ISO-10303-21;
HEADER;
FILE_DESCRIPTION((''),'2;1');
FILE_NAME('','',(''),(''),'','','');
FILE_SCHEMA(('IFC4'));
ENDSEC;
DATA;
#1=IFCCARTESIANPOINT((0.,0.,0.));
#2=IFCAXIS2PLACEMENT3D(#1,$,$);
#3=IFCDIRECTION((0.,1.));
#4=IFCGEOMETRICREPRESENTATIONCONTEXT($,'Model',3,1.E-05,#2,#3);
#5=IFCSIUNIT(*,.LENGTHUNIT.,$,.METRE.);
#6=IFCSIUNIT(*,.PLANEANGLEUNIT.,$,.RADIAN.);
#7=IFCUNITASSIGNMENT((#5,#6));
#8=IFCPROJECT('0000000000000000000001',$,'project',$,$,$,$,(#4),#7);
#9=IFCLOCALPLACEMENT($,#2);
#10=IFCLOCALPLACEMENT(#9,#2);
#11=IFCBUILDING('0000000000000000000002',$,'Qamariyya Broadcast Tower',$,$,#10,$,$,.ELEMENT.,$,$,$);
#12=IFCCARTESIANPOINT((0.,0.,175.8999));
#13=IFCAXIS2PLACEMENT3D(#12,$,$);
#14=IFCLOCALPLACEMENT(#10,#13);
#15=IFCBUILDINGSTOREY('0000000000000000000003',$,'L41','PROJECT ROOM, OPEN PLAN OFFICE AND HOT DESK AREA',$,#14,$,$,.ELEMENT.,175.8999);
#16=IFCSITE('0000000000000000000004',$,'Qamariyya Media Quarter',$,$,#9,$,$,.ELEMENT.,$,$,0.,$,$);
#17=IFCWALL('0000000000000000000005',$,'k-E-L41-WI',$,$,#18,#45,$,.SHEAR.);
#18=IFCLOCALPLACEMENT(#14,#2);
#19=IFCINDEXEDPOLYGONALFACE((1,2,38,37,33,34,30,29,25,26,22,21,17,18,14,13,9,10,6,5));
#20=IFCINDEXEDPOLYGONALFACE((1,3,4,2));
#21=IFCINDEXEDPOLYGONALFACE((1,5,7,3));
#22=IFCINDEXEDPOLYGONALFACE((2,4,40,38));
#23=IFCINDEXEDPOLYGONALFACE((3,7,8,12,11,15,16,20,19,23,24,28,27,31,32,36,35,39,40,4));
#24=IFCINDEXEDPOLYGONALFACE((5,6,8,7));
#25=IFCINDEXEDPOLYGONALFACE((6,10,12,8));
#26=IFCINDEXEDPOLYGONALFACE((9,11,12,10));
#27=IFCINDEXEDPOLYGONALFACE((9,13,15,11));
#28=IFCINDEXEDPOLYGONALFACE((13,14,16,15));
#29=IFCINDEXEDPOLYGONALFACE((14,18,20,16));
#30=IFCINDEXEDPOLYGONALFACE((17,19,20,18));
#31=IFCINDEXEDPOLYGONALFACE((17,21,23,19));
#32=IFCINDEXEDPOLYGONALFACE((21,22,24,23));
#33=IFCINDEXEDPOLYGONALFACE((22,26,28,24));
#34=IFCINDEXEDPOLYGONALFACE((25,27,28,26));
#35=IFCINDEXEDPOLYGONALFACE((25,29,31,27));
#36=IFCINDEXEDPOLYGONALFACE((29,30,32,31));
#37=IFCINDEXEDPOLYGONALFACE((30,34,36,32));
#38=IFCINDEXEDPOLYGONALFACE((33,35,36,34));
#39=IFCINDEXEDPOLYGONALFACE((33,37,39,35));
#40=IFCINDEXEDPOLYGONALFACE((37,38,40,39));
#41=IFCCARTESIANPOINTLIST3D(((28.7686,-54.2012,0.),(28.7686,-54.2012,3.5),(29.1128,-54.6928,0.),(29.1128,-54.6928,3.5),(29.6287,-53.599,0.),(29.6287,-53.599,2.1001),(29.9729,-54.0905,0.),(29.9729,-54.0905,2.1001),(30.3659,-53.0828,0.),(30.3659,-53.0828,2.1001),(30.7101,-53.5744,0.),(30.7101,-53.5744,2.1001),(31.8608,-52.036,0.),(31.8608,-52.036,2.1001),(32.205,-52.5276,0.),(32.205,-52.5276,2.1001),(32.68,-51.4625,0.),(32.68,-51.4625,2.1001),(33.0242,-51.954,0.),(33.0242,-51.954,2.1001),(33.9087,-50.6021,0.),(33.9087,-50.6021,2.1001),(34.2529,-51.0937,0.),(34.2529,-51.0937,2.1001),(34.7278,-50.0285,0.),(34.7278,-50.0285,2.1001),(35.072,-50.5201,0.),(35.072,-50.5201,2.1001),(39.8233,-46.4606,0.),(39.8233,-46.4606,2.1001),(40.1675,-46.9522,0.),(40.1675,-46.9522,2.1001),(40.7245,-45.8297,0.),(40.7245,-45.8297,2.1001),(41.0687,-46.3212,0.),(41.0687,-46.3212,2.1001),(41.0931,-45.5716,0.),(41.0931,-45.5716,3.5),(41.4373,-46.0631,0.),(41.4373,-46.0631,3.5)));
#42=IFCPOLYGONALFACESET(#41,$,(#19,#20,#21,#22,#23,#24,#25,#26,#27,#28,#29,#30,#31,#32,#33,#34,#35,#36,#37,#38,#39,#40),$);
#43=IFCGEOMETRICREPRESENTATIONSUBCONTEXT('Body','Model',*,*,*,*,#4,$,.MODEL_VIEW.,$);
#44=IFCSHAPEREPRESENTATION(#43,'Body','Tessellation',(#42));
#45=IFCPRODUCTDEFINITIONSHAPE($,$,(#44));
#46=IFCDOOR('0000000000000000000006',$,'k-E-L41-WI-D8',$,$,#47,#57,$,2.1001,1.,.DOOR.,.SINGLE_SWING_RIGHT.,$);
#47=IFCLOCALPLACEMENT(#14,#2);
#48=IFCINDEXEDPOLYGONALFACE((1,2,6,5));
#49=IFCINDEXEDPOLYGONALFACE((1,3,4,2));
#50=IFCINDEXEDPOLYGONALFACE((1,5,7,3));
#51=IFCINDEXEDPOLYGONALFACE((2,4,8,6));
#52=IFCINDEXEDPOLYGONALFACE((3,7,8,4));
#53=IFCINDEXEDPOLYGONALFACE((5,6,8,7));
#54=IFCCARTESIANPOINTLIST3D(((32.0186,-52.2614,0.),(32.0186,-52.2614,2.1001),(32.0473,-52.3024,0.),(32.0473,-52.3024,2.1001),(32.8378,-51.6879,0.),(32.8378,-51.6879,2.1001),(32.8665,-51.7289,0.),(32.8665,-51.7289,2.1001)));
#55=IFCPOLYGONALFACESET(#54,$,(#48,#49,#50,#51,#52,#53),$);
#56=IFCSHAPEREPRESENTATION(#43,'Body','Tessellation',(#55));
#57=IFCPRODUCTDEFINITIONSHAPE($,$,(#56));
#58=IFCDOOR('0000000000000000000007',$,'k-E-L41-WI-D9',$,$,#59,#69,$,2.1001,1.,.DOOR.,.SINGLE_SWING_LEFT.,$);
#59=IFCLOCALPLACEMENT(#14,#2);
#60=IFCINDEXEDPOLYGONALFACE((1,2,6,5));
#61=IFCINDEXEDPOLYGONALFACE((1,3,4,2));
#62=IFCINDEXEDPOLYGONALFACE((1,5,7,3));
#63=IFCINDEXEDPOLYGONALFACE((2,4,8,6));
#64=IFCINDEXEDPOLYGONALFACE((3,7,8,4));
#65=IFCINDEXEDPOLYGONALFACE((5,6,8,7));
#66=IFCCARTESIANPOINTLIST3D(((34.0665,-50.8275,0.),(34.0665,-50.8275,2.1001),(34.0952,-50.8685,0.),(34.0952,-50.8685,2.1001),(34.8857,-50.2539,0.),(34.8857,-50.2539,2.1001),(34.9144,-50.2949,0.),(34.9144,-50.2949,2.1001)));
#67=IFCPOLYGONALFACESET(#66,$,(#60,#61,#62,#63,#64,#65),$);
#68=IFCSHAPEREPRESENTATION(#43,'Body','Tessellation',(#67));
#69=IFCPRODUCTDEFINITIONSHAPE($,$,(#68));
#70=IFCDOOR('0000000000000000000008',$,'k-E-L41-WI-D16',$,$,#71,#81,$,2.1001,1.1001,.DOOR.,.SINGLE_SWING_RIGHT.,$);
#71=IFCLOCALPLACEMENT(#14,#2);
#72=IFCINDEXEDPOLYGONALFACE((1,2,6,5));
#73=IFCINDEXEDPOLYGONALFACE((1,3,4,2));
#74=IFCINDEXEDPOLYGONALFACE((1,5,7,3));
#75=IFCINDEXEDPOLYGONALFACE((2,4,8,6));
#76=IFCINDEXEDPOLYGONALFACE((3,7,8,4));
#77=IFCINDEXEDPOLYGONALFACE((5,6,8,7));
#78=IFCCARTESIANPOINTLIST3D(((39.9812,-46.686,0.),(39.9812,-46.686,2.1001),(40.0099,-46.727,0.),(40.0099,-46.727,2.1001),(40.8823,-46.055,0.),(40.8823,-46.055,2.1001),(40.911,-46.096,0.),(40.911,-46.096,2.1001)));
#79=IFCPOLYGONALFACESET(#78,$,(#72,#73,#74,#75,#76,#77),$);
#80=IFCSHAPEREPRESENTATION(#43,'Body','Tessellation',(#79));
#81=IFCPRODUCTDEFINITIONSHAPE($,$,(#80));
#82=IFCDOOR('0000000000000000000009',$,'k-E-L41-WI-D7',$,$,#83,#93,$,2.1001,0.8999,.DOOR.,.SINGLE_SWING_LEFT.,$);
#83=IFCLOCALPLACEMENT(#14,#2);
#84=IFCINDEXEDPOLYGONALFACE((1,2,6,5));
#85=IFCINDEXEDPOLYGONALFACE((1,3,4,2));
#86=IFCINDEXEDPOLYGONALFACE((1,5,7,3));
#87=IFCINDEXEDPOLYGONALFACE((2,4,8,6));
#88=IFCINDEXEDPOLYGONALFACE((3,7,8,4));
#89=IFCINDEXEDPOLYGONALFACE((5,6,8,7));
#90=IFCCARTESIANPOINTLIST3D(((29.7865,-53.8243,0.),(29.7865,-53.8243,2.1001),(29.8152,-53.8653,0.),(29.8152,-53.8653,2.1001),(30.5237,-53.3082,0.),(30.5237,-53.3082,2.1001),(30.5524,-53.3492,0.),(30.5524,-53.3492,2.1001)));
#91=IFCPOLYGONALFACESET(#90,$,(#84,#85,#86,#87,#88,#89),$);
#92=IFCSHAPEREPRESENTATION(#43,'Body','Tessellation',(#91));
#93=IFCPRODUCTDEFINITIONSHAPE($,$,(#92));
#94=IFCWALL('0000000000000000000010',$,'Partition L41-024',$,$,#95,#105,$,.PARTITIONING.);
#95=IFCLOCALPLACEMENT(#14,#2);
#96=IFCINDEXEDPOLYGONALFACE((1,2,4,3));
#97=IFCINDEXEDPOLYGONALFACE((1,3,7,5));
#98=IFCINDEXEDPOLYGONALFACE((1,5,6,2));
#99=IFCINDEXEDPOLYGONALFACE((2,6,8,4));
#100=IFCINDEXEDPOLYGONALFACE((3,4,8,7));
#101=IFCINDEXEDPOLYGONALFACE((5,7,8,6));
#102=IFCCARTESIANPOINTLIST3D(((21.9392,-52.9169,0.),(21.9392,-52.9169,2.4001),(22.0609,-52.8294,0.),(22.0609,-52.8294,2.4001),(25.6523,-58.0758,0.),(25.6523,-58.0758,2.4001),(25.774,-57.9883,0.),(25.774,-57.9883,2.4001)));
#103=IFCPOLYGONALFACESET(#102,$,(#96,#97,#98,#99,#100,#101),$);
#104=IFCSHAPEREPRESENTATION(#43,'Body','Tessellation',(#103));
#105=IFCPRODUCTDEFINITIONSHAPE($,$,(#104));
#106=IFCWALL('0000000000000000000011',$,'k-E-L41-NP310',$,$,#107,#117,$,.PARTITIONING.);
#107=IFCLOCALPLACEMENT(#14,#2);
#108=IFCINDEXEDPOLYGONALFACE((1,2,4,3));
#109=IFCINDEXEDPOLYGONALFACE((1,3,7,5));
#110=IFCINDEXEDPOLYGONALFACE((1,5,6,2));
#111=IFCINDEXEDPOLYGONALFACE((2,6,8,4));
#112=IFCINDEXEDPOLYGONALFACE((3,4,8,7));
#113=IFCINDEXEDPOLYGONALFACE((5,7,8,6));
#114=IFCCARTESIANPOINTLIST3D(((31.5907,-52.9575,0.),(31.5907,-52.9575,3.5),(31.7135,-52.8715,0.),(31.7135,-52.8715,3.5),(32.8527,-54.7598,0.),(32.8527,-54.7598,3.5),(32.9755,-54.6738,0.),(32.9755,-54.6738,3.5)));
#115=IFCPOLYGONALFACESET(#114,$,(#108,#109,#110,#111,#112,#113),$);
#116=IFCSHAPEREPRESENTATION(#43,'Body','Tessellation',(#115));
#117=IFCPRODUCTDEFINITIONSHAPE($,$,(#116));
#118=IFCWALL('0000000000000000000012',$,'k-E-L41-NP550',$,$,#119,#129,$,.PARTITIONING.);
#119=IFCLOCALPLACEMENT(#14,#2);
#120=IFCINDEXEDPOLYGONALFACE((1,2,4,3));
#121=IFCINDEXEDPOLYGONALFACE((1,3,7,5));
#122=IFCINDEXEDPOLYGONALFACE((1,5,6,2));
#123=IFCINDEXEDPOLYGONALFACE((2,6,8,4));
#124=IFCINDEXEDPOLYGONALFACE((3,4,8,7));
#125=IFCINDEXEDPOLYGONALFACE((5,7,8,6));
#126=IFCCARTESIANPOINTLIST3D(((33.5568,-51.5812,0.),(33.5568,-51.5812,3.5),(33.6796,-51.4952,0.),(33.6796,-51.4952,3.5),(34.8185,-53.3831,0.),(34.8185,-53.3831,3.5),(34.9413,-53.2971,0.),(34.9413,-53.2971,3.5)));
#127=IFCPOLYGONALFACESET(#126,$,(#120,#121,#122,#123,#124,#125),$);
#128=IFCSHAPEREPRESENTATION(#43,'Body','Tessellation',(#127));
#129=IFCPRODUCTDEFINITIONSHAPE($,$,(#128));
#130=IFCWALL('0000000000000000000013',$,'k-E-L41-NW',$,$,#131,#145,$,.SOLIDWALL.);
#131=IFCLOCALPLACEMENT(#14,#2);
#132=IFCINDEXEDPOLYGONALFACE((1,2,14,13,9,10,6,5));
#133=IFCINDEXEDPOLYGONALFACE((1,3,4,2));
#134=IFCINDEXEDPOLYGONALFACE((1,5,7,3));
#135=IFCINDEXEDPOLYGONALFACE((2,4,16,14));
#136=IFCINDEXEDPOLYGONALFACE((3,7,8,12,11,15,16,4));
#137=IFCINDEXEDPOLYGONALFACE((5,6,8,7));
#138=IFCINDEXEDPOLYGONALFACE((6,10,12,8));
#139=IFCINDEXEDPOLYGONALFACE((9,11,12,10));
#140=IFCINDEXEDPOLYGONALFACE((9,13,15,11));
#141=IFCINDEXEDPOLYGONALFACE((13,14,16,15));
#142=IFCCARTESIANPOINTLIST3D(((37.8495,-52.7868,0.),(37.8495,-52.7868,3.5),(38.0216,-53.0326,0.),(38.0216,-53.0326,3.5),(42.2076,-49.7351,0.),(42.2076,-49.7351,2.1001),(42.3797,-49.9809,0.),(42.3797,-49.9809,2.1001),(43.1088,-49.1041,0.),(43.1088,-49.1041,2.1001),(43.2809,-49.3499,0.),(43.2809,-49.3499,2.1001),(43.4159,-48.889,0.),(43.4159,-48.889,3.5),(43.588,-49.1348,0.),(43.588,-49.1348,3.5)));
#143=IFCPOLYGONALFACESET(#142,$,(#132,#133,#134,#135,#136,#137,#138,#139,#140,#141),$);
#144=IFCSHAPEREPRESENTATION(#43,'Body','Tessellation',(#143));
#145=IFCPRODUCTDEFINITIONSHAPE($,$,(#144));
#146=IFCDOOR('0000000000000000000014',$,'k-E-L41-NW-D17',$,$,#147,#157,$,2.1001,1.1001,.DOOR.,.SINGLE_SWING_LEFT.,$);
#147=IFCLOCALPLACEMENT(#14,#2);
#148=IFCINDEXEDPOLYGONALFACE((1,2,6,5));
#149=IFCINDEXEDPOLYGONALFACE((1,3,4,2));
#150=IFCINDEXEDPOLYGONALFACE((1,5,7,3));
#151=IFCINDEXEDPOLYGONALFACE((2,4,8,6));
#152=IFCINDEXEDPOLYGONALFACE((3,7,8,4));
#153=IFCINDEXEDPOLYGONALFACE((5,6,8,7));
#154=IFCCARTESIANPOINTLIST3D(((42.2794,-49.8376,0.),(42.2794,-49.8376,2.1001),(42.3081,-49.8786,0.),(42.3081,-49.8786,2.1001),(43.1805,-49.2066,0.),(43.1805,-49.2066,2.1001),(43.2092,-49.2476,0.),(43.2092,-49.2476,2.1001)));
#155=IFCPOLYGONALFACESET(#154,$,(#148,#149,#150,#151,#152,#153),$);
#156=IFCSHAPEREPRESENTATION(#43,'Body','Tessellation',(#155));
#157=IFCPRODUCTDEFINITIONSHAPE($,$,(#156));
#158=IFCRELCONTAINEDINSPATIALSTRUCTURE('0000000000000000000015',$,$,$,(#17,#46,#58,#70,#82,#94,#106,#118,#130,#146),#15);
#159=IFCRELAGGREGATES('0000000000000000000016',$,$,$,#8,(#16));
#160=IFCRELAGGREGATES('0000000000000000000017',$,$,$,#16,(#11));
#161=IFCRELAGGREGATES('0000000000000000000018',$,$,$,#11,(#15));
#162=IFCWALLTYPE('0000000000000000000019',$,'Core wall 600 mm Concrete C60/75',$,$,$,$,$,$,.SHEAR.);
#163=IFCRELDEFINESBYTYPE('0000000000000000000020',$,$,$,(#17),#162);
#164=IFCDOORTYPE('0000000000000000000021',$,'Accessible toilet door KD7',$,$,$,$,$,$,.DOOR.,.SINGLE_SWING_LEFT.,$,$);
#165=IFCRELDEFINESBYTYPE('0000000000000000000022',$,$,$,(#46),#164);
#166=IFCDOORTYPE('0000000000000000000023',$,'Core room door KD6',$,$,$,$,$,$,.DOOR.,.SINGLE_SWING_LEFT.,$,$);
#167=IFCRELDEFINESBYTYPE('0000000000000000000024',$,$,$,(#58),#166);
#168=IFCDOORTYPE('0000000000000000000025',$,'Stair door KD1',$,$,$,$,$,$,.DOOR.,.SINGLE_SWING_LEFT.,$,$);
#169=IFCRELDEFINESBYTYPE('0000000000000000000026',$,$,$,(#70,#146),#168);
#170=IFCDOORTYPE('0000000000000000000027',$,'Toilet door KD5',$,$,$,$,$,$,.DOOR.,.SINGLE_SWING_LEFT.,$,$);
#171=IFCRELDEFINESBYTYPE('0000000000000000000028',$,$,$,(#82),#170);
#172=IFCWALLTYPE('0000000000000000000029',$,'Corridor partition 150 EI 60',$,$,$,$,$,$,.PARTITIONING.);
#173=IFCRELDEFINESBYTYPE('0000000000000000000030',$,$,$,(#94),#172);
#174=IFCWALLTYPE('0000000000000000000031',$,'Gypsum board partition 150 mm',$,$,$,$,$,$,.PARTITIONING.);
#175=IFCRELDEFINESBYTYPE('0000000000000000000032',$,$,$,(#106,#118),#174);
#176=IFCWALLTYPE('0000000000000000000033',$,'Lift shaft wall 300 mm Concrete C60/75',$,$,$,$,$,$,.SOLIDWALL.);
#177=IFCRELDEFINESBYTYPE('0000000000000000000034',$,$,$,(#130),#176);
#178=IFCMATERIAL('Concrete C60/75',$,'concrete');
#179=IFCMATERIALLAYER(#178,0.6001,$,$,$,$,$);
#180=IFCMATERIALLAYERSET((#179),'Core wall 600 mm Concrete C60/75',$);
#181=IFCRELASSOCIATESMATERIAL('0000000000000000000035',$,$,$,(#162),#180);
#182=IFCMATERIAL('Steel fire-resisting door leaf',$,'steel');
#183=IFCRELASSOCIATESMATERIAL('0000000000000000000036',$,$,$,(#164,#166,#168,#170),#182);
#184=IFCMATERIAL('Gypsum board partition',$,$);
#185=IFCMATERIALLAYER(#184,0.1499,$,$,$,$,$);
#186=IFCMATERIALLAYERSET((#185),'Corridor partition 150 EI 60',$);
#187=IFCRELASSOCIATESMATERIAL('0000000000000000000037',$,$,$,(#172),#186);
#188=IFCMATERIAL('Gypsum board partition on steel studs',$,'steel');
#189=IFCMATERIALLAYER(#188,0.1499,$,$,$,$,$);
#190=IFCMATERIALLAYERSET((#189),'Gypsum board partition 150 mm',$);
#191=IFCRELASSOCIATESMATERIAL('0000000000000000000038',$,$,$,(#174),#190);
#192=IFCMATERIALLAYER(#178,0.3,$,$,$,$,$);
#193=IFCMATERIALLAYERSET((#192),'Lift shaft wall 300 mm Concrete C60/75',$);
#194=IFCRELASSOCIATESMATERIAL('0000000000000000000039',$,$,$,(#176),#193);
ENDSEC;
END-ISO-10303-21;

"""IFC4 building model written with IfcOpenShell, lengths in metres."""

from ifc_helpers import new_model, si_unit, direction, frame, frame_2d, origin, place, context, subcontext, project, spatial, rectangle, extrude, material, layer, layer_set, type_object, element, fill, save


model = new_model("IFC4")

# Units and contexts
model_context = context("Model", 3, precision=1e-05, world=origin(), true_north=direction((0.0, 1.0)))
body_context = subcontext(model_context, "Body", "Model", "MODEL_VIEW")
ifc_project = project(units=[si_unit("LENGTHUNIT", "METRE"), si_unit("PLANEANGLEUNIT", "RADIAN")], contexts=[model_context])

# Site, building, storey
site_placement = place(None, origin())
site = spatial("IfcSite", under=ifc_project, at=site_placement, Name="Qamariyya Media Quarter", CompositionType="ELEMENT", RefElevation=0.0)
building_placement = place(site_placement, origin())
building = spatial("IfcBuilding", under=site, at=building_placement, Name="Qamariyya Broadcast Tower", CompositionType="ELEMENT")
storey_placement = place(building_placement, frame((0.0, 0.0, 175.8999)))
storey = spatial("IfcBuildingStorey", under=building, at=storey_placement, Name="L41", Description="PROJECT ROOM, OPEN PLAN OFFICE AND HOT DESK AREA", CompositionType="ELEMENT", Elevation=175.8999)

# Shared definitions
ifc_material_1 = material(Name="Concrete C60/75", Category="concrete")

# Wall, openings, doors
ifc_layer_1 = layer(ifc_material_1, 0.6001)
ifc_layer_set_1 = layer_set([ifc_layer_1], Name="Core wall 600 mm Concrete C60/75")
wall_type_1 = type_object("IfcWallType", Name="Core wall 600 mm Concrete C60/75", PredefinedType="SHEAR", material=ifc_layer_set_1)
wall_1_placement = place(storey_placement, frame((28.9407, -54.447, 0.0), z_axis=(0.0, 0.0, 1.0), x_axis=(0.819153, 0.573575, 0.0)))
wall_1 = element("IfcWall", 1, at=wall_1_placement, inside=storey, type_object=wall_type_1, Name="k-E-L41-WI", PredefinedType="SHEAR", context=body_context, shape_type="SweptSolid", body=[
    extrude(rectangle(XDim=15.0454, YDim=0.6001, at=frame_2d((7.5227, 0.0))), origin(), (0.0, 0.0, 1.0), 3.5),
])
opening_1_placement = place(wall_1_placement, frame((1.05, 0.0, 0.0)))
opening_1 = element("IfcOpeningElement", 2, at=opening_1_placement, cuts=wall_1, PredefinedType="OPENING", context=body_context, shape_type="SweptSolid", body=[
    extrude(rectangle(XDim=0.8999, YDim=2.1001, at=frame_2d((0.45, 1.05))), frame((0.0, 0.3101, 0.0), z_axis=(0.0, -1.0, 0.0), x_axis=(1.0, 0.0, 0.0)), (0.0, 0.0, 1.0), 0.6201),
])
opening_2_placement = place(wall_1_placement, frame((3.7749, 0.0, 0.0)))
opening_2 = element("IfcOpeningElement", 3, at=opening_2_placement, cuts=wall_1, PredefinedType="OPENING", context=body_context, shape_type="SweptSolid", body=[
    extrude(rectangle(XDim=1.0, YDim=2.1001, at=frame_2d((0.5, 1.05))), frame((0.0, 0.3101, 0.0), z_axis=(0.0, -1.0, 0.0), x_axis=(1.0, 0.0, 0.0)), (0.0, 0.0, 1.0), 0.6201),
])
opening_3_placement = place(wall_1_placement, frame((6.2749, 0.0, 0.0)))
opening_3 = element("IfcOpeningElement", 4, at=opening_3_placement, cuts=wall_1, PredefinedType="OPENING", context=body_context, shape_type="SweptSolid", body=[
    extrude(rectangle(XDim=1.0, YDim=2.1001, at=frame_2d((0.5, 1.05))), frame((0.0, 0.3101, 0.0), z_axis=(0.0, -1.0, 0.0), x_axis=(1.0, 0.0, 0.0)), (0.0, 0.0, 1.0), 0.6201),
])
opening_4_placement = place(wall_1_placement, frame((13.4954, 0.0, 0.0)))
opening_4 = element("IfcOpeningElement", 5, at=opening_4_placement, cuts=wall_1, PredefinedType="OPENING", context=body_context, shape_type="SweptSolid", body=[
    extrude(rectangle(XDim=1.1001, YDim=2.1001, at=frame_2d((0.55, 1.05))), frame((0.0, 0.3101, 0.0), z_axis=(0.0, -1.0, 0.0), x_axis=(1.0, 0.0, 0.0)), (0.0, 0.0, 1.0), 0.6201),
])
ifc_material_2 = material(Name="Steel fire-resisting door leaf", Category="steel")
door_type_1 = type_object("IfcDoorType", Name="Accessible toilet door KD7", OperationType="SINGLE_SWING_LEFT", PredefinedType="DOOR", material=ifc_material_2)
door_1_placement = place(opening_2_placement, origin())
door_1 = element("IfcDoor", 6, at=door_1_placement, inside=storey, type_object=door_type_1, Name="k-E-L41-WI-D8", OperationType="SINGLE_SWING_RIGHT", OverallHeight=2.1001, OverallWidth=1.0, PredefinedType="DOOR", context=body_context, shape_type="SweptSolid", body=[
    extrude(rectangle(XDim=1.0, YDim=2.1001, at=frame_2d((0.5, 1.05))), frame((0.0, 0.0249, 0.0), z_axis=(0.0, -1.0, 0.0), x_axis=(1.0, 0.0, 0.0)), (0.0, 0.0, 1.0), 0.05),
])
fill(opening_2, door_1)
door_type_2 = type_object("IfcDoorType", Name="Core room door KD6", OperationType="SINGLE_SWING_LEFT", PredefinedType="DOOR", material=ifc_material_2)
door_2_placement = place(opening_3_placement, origin())
door_2 = element("IfcDoor", 7, at=door_2_placement, inside=storey, type_object=door_type_2, Name="k-E-L41-WI-D9", OperationType="SINGLE_SWING_LEFT", OverallHeight=2.1001, OverallWidth=1.0, PredefinedType="DOOR", context=body_context, shape_type="SweptSolid", body=[
    extrude(rectangle(XDim=1.0, YDim=2.1001, at=frame_2d((0.5, 1.05))), frame((0.0, 0.0249, 0.0), z_axis=(0.0, -1.0, 0.0), x_axis=(1.0, 0.0, 0.0)), (0.0, 0.0, 1.0), 0.05),
])
fill(opening_3, door_2)
door_type_3 = type_object("IfcDoorType", Name="Stair door KD1", OperationType="SINGLE_SWING_LEFT", PredefinedType="DOOR", material=ifc_material_2)
door_3_placement = place(opening_4_placement, origin())
door_3 = element("IfcDoor", 8, at=door_3_placement, inside=storey, type_object=door_type_3, Name="k-E-L41-WI-D16", OperationType="SINGLE_SWING_RIGHT", OverallHeight=2.1001, OverallWidth=1.1001, PredefinedType="DOOR", context=body_context, shape_type="SweptSolid", body=[
    extrude(rectangle(XDim=1.1001, YDim=2.1001, at=frame_2d((0.55, 1.05))), frame((0.0, 0.0249, 0.0), z_axis=(0.0, -1.0, 0.0), x_axis=(1.0, 0.0, 0.0)), (0.0, 0.0, 1.0), 0.05),
])
fill(opening_4, door_3)
door_type_4 = type_object("IfcDoorType", Name="Toilet door KD5", OperationType="SINGLE_SWING_LEFT", PredefinedType="DOOR", material=ifc_material_2)
door_4_placement = place(opening_1_placement, origin())
door_4 = element("IfcDoor", 9, at=door_4_placement, inside=storey, type_object=door_type_4, Name="k-E-L41-WI-D7", OperationType="SINGLE_SWING_LEFT", OverallHeight=2.1001, OverallWidth=0.8999, PredefinedType="DOOR", context=body_context, shape_type="SweptSolid", body=[
    extrude(rectangle(XDim=0.8999, YDim=2.1001, at=frame_2d((0.45, 1.05))), frame((0.0, 0.0249, 0.0), z_axis=(0.0, -1.0, 0.0), x_axis=(1.0, 0.0, 0.0)), (0.0, 0.0, 1.0), 0.05),
])
fill(opening_1, door_4)

# Walls
ifc_material_3 = material(Name="Gypsum board partition")
ifc_layer_2 = layer(ifc_material_3, 0.1499)
ifc_layer_set_2 = layer_set([ifc_layer_2], Name="Corridor partition 150 EI 60")
wall_type_2 = type_object("IfcWallType", Name="Corridor partition 150 EI 60", PredefinedType="PARTITIONING", material=ifc_layer_set_2)
wall_2_placement = place(storey_placement, frame((22.0, -52.873, 0.0), z_axis=(0.0, 0.0, 1.0), x_axis=(0.58417, -0.811631, 0.0)))
element("IfcWall", 10, at=wall_2_placement, inside=storey, type_object=wall_type_2, Name="Partition L41-024", PredefinedType="PARTITIONING", context=body_context, shape_type="SweptSolid", body=[
    extrude(rectangle(XDim=6.3562, YDim=0.1499, at=frame_2d((3.1782, 0.0))), origin(), (0.0, 0.0, 1.0), 2.4001),
])
ifc_material_4 = material(Name="Gypsum board partition on steel studs", Category="steel")
ifc_layer_3 = layer(ifc_material_4, 0.1499)
ifc_layer_set_3 = layer_set([ifc_layer_3], Name="Gypsum board partition 150 mm")
wall_type_3 = type_object("IfcWallType", Name="Gypsum board partition 150 mm", PredefinedType="PARTITIONING", material=ifc_layer_set_3)
wall_3_placement = place(storey_placement, frame((32.9141, -54.7168, 0.0), z_axis=(0.0, 0.0, 1.0), x_axis=(-0.573581, 0.819149, 0.0)))
element("IfcWall", 11, at=wall_3_placement, inside=storey, type_object=wall_type_3, Name="k-E-L41-NP310", PredefinedType="PARTITIONING", context=body_context, shape_type="SweptSolid", body=[
    extrude(rectangle(XDim=2.2002, YDim=0.1499, at=frame_2d((1.1001, 0.0))), origin(), (0.0, 0.0, 1.0), 3.5),
])
wall_4_placement = place(storey_placement, frame((34.8799, -53.3401, 0.0), z_axis=(0.0, 0.0, 1.0), x_axis=(-0.573559, 0.819164, 0.0)))
element("IfcWall", 12, at=wall_4_placement, inside=storey, type_object=wall_type_3, Name="k-E-L41-NP550", PredefinedType="PARTITIONING", context=body_context, shape_type="SweptSolid", body=[
    extrude(rectangle(XDim=2.1997, YDim=0.1499, at=frame_2d((1.0999, 0.0))), origin(), (0.0, 0.0, 1.0), 3.5),
])

# Wall, opening, door
ifc_layer_4 = layer(ifc_material_1, 0.3)
ifc_layer_set_4 = layer_set([ifc_layer_4], Name="Lift shaft wall 300 mm Concrete C60/75")
wall_type_4 = type_object("IfcWallType", Name="Lift shaft wall 300 mm Concrete C60/75", PredefinedType="SOLIDWALL", material=ifc_layer_set_4)
wall_5_placement = place(storey_placement, frame((37.9355, -52.9097, 0.0), z_axis=(0.0, 0.0, 1.0), x_axis=(0.819148, 0.573583, 0.0)))
wall_5 = element("IfcWall", 13, at=wall_5_placement, inside=storey, type_object=wall_type_4, Name="k-E-L41-NW", PredefinedType="SOLIDWALL", context=body_context, shape_type="SweptSolid", body=[
    extrude(rectangle(XDim=6.7954, YDim=0.3, at=frame_2d((3.3977, 0.0))), origin(), (0.0, 0.0, 1.0), 3.5),
])
opening_5_placement = place(wall_5_placement, frame((5.3203, 0.0, 0.0)))
opening_5 = element("IfcOpeningElement", 14, at=opening_5_placement, cuts=wall_5, PredefinedType="OPENING", context=body_context, shape_type="SweptSolid", body=[
    extrude(rectangle(XDim=1.1001, YDim=2.1001, at=frame_2d((0.55, 1.05))), frame((0.0, 0.1599, 0.0), z_axis=(0.0, -1.0, 0.0), x_axis=(1.0, 0.0, 0.0)), (0.0, 0.0, 1.0), 0.3201),
])
door_5_placement = place(opening_5_placement, origin())
door_5 = element("IfcDoor", 15, at=door_5_placement, inside=storey, type_object=door_type_3, Name="k-E-L41-NW-D17", OperationType="SINGLE_SWING_LEFT", OverallHeight=2.1001, OverallWidth=1.1001, PredefinedType="DOOR", context=body_context, shape_type="SweptSolid", body=[
    extrude(rectangle(XDim=1.1001, YDim=2.1001, at=frame_2d((0.55, 1.05))), frame((0.0, 0.0249, 0.0), z_axis=(0.0, -1.0, 0.0), x_axis=(1.0, 0.0, 0.0)), (0.0, 0.0, 1.0), 0.05),
])
fill(opening_5, door_5)

save(model, "model.ifc")
